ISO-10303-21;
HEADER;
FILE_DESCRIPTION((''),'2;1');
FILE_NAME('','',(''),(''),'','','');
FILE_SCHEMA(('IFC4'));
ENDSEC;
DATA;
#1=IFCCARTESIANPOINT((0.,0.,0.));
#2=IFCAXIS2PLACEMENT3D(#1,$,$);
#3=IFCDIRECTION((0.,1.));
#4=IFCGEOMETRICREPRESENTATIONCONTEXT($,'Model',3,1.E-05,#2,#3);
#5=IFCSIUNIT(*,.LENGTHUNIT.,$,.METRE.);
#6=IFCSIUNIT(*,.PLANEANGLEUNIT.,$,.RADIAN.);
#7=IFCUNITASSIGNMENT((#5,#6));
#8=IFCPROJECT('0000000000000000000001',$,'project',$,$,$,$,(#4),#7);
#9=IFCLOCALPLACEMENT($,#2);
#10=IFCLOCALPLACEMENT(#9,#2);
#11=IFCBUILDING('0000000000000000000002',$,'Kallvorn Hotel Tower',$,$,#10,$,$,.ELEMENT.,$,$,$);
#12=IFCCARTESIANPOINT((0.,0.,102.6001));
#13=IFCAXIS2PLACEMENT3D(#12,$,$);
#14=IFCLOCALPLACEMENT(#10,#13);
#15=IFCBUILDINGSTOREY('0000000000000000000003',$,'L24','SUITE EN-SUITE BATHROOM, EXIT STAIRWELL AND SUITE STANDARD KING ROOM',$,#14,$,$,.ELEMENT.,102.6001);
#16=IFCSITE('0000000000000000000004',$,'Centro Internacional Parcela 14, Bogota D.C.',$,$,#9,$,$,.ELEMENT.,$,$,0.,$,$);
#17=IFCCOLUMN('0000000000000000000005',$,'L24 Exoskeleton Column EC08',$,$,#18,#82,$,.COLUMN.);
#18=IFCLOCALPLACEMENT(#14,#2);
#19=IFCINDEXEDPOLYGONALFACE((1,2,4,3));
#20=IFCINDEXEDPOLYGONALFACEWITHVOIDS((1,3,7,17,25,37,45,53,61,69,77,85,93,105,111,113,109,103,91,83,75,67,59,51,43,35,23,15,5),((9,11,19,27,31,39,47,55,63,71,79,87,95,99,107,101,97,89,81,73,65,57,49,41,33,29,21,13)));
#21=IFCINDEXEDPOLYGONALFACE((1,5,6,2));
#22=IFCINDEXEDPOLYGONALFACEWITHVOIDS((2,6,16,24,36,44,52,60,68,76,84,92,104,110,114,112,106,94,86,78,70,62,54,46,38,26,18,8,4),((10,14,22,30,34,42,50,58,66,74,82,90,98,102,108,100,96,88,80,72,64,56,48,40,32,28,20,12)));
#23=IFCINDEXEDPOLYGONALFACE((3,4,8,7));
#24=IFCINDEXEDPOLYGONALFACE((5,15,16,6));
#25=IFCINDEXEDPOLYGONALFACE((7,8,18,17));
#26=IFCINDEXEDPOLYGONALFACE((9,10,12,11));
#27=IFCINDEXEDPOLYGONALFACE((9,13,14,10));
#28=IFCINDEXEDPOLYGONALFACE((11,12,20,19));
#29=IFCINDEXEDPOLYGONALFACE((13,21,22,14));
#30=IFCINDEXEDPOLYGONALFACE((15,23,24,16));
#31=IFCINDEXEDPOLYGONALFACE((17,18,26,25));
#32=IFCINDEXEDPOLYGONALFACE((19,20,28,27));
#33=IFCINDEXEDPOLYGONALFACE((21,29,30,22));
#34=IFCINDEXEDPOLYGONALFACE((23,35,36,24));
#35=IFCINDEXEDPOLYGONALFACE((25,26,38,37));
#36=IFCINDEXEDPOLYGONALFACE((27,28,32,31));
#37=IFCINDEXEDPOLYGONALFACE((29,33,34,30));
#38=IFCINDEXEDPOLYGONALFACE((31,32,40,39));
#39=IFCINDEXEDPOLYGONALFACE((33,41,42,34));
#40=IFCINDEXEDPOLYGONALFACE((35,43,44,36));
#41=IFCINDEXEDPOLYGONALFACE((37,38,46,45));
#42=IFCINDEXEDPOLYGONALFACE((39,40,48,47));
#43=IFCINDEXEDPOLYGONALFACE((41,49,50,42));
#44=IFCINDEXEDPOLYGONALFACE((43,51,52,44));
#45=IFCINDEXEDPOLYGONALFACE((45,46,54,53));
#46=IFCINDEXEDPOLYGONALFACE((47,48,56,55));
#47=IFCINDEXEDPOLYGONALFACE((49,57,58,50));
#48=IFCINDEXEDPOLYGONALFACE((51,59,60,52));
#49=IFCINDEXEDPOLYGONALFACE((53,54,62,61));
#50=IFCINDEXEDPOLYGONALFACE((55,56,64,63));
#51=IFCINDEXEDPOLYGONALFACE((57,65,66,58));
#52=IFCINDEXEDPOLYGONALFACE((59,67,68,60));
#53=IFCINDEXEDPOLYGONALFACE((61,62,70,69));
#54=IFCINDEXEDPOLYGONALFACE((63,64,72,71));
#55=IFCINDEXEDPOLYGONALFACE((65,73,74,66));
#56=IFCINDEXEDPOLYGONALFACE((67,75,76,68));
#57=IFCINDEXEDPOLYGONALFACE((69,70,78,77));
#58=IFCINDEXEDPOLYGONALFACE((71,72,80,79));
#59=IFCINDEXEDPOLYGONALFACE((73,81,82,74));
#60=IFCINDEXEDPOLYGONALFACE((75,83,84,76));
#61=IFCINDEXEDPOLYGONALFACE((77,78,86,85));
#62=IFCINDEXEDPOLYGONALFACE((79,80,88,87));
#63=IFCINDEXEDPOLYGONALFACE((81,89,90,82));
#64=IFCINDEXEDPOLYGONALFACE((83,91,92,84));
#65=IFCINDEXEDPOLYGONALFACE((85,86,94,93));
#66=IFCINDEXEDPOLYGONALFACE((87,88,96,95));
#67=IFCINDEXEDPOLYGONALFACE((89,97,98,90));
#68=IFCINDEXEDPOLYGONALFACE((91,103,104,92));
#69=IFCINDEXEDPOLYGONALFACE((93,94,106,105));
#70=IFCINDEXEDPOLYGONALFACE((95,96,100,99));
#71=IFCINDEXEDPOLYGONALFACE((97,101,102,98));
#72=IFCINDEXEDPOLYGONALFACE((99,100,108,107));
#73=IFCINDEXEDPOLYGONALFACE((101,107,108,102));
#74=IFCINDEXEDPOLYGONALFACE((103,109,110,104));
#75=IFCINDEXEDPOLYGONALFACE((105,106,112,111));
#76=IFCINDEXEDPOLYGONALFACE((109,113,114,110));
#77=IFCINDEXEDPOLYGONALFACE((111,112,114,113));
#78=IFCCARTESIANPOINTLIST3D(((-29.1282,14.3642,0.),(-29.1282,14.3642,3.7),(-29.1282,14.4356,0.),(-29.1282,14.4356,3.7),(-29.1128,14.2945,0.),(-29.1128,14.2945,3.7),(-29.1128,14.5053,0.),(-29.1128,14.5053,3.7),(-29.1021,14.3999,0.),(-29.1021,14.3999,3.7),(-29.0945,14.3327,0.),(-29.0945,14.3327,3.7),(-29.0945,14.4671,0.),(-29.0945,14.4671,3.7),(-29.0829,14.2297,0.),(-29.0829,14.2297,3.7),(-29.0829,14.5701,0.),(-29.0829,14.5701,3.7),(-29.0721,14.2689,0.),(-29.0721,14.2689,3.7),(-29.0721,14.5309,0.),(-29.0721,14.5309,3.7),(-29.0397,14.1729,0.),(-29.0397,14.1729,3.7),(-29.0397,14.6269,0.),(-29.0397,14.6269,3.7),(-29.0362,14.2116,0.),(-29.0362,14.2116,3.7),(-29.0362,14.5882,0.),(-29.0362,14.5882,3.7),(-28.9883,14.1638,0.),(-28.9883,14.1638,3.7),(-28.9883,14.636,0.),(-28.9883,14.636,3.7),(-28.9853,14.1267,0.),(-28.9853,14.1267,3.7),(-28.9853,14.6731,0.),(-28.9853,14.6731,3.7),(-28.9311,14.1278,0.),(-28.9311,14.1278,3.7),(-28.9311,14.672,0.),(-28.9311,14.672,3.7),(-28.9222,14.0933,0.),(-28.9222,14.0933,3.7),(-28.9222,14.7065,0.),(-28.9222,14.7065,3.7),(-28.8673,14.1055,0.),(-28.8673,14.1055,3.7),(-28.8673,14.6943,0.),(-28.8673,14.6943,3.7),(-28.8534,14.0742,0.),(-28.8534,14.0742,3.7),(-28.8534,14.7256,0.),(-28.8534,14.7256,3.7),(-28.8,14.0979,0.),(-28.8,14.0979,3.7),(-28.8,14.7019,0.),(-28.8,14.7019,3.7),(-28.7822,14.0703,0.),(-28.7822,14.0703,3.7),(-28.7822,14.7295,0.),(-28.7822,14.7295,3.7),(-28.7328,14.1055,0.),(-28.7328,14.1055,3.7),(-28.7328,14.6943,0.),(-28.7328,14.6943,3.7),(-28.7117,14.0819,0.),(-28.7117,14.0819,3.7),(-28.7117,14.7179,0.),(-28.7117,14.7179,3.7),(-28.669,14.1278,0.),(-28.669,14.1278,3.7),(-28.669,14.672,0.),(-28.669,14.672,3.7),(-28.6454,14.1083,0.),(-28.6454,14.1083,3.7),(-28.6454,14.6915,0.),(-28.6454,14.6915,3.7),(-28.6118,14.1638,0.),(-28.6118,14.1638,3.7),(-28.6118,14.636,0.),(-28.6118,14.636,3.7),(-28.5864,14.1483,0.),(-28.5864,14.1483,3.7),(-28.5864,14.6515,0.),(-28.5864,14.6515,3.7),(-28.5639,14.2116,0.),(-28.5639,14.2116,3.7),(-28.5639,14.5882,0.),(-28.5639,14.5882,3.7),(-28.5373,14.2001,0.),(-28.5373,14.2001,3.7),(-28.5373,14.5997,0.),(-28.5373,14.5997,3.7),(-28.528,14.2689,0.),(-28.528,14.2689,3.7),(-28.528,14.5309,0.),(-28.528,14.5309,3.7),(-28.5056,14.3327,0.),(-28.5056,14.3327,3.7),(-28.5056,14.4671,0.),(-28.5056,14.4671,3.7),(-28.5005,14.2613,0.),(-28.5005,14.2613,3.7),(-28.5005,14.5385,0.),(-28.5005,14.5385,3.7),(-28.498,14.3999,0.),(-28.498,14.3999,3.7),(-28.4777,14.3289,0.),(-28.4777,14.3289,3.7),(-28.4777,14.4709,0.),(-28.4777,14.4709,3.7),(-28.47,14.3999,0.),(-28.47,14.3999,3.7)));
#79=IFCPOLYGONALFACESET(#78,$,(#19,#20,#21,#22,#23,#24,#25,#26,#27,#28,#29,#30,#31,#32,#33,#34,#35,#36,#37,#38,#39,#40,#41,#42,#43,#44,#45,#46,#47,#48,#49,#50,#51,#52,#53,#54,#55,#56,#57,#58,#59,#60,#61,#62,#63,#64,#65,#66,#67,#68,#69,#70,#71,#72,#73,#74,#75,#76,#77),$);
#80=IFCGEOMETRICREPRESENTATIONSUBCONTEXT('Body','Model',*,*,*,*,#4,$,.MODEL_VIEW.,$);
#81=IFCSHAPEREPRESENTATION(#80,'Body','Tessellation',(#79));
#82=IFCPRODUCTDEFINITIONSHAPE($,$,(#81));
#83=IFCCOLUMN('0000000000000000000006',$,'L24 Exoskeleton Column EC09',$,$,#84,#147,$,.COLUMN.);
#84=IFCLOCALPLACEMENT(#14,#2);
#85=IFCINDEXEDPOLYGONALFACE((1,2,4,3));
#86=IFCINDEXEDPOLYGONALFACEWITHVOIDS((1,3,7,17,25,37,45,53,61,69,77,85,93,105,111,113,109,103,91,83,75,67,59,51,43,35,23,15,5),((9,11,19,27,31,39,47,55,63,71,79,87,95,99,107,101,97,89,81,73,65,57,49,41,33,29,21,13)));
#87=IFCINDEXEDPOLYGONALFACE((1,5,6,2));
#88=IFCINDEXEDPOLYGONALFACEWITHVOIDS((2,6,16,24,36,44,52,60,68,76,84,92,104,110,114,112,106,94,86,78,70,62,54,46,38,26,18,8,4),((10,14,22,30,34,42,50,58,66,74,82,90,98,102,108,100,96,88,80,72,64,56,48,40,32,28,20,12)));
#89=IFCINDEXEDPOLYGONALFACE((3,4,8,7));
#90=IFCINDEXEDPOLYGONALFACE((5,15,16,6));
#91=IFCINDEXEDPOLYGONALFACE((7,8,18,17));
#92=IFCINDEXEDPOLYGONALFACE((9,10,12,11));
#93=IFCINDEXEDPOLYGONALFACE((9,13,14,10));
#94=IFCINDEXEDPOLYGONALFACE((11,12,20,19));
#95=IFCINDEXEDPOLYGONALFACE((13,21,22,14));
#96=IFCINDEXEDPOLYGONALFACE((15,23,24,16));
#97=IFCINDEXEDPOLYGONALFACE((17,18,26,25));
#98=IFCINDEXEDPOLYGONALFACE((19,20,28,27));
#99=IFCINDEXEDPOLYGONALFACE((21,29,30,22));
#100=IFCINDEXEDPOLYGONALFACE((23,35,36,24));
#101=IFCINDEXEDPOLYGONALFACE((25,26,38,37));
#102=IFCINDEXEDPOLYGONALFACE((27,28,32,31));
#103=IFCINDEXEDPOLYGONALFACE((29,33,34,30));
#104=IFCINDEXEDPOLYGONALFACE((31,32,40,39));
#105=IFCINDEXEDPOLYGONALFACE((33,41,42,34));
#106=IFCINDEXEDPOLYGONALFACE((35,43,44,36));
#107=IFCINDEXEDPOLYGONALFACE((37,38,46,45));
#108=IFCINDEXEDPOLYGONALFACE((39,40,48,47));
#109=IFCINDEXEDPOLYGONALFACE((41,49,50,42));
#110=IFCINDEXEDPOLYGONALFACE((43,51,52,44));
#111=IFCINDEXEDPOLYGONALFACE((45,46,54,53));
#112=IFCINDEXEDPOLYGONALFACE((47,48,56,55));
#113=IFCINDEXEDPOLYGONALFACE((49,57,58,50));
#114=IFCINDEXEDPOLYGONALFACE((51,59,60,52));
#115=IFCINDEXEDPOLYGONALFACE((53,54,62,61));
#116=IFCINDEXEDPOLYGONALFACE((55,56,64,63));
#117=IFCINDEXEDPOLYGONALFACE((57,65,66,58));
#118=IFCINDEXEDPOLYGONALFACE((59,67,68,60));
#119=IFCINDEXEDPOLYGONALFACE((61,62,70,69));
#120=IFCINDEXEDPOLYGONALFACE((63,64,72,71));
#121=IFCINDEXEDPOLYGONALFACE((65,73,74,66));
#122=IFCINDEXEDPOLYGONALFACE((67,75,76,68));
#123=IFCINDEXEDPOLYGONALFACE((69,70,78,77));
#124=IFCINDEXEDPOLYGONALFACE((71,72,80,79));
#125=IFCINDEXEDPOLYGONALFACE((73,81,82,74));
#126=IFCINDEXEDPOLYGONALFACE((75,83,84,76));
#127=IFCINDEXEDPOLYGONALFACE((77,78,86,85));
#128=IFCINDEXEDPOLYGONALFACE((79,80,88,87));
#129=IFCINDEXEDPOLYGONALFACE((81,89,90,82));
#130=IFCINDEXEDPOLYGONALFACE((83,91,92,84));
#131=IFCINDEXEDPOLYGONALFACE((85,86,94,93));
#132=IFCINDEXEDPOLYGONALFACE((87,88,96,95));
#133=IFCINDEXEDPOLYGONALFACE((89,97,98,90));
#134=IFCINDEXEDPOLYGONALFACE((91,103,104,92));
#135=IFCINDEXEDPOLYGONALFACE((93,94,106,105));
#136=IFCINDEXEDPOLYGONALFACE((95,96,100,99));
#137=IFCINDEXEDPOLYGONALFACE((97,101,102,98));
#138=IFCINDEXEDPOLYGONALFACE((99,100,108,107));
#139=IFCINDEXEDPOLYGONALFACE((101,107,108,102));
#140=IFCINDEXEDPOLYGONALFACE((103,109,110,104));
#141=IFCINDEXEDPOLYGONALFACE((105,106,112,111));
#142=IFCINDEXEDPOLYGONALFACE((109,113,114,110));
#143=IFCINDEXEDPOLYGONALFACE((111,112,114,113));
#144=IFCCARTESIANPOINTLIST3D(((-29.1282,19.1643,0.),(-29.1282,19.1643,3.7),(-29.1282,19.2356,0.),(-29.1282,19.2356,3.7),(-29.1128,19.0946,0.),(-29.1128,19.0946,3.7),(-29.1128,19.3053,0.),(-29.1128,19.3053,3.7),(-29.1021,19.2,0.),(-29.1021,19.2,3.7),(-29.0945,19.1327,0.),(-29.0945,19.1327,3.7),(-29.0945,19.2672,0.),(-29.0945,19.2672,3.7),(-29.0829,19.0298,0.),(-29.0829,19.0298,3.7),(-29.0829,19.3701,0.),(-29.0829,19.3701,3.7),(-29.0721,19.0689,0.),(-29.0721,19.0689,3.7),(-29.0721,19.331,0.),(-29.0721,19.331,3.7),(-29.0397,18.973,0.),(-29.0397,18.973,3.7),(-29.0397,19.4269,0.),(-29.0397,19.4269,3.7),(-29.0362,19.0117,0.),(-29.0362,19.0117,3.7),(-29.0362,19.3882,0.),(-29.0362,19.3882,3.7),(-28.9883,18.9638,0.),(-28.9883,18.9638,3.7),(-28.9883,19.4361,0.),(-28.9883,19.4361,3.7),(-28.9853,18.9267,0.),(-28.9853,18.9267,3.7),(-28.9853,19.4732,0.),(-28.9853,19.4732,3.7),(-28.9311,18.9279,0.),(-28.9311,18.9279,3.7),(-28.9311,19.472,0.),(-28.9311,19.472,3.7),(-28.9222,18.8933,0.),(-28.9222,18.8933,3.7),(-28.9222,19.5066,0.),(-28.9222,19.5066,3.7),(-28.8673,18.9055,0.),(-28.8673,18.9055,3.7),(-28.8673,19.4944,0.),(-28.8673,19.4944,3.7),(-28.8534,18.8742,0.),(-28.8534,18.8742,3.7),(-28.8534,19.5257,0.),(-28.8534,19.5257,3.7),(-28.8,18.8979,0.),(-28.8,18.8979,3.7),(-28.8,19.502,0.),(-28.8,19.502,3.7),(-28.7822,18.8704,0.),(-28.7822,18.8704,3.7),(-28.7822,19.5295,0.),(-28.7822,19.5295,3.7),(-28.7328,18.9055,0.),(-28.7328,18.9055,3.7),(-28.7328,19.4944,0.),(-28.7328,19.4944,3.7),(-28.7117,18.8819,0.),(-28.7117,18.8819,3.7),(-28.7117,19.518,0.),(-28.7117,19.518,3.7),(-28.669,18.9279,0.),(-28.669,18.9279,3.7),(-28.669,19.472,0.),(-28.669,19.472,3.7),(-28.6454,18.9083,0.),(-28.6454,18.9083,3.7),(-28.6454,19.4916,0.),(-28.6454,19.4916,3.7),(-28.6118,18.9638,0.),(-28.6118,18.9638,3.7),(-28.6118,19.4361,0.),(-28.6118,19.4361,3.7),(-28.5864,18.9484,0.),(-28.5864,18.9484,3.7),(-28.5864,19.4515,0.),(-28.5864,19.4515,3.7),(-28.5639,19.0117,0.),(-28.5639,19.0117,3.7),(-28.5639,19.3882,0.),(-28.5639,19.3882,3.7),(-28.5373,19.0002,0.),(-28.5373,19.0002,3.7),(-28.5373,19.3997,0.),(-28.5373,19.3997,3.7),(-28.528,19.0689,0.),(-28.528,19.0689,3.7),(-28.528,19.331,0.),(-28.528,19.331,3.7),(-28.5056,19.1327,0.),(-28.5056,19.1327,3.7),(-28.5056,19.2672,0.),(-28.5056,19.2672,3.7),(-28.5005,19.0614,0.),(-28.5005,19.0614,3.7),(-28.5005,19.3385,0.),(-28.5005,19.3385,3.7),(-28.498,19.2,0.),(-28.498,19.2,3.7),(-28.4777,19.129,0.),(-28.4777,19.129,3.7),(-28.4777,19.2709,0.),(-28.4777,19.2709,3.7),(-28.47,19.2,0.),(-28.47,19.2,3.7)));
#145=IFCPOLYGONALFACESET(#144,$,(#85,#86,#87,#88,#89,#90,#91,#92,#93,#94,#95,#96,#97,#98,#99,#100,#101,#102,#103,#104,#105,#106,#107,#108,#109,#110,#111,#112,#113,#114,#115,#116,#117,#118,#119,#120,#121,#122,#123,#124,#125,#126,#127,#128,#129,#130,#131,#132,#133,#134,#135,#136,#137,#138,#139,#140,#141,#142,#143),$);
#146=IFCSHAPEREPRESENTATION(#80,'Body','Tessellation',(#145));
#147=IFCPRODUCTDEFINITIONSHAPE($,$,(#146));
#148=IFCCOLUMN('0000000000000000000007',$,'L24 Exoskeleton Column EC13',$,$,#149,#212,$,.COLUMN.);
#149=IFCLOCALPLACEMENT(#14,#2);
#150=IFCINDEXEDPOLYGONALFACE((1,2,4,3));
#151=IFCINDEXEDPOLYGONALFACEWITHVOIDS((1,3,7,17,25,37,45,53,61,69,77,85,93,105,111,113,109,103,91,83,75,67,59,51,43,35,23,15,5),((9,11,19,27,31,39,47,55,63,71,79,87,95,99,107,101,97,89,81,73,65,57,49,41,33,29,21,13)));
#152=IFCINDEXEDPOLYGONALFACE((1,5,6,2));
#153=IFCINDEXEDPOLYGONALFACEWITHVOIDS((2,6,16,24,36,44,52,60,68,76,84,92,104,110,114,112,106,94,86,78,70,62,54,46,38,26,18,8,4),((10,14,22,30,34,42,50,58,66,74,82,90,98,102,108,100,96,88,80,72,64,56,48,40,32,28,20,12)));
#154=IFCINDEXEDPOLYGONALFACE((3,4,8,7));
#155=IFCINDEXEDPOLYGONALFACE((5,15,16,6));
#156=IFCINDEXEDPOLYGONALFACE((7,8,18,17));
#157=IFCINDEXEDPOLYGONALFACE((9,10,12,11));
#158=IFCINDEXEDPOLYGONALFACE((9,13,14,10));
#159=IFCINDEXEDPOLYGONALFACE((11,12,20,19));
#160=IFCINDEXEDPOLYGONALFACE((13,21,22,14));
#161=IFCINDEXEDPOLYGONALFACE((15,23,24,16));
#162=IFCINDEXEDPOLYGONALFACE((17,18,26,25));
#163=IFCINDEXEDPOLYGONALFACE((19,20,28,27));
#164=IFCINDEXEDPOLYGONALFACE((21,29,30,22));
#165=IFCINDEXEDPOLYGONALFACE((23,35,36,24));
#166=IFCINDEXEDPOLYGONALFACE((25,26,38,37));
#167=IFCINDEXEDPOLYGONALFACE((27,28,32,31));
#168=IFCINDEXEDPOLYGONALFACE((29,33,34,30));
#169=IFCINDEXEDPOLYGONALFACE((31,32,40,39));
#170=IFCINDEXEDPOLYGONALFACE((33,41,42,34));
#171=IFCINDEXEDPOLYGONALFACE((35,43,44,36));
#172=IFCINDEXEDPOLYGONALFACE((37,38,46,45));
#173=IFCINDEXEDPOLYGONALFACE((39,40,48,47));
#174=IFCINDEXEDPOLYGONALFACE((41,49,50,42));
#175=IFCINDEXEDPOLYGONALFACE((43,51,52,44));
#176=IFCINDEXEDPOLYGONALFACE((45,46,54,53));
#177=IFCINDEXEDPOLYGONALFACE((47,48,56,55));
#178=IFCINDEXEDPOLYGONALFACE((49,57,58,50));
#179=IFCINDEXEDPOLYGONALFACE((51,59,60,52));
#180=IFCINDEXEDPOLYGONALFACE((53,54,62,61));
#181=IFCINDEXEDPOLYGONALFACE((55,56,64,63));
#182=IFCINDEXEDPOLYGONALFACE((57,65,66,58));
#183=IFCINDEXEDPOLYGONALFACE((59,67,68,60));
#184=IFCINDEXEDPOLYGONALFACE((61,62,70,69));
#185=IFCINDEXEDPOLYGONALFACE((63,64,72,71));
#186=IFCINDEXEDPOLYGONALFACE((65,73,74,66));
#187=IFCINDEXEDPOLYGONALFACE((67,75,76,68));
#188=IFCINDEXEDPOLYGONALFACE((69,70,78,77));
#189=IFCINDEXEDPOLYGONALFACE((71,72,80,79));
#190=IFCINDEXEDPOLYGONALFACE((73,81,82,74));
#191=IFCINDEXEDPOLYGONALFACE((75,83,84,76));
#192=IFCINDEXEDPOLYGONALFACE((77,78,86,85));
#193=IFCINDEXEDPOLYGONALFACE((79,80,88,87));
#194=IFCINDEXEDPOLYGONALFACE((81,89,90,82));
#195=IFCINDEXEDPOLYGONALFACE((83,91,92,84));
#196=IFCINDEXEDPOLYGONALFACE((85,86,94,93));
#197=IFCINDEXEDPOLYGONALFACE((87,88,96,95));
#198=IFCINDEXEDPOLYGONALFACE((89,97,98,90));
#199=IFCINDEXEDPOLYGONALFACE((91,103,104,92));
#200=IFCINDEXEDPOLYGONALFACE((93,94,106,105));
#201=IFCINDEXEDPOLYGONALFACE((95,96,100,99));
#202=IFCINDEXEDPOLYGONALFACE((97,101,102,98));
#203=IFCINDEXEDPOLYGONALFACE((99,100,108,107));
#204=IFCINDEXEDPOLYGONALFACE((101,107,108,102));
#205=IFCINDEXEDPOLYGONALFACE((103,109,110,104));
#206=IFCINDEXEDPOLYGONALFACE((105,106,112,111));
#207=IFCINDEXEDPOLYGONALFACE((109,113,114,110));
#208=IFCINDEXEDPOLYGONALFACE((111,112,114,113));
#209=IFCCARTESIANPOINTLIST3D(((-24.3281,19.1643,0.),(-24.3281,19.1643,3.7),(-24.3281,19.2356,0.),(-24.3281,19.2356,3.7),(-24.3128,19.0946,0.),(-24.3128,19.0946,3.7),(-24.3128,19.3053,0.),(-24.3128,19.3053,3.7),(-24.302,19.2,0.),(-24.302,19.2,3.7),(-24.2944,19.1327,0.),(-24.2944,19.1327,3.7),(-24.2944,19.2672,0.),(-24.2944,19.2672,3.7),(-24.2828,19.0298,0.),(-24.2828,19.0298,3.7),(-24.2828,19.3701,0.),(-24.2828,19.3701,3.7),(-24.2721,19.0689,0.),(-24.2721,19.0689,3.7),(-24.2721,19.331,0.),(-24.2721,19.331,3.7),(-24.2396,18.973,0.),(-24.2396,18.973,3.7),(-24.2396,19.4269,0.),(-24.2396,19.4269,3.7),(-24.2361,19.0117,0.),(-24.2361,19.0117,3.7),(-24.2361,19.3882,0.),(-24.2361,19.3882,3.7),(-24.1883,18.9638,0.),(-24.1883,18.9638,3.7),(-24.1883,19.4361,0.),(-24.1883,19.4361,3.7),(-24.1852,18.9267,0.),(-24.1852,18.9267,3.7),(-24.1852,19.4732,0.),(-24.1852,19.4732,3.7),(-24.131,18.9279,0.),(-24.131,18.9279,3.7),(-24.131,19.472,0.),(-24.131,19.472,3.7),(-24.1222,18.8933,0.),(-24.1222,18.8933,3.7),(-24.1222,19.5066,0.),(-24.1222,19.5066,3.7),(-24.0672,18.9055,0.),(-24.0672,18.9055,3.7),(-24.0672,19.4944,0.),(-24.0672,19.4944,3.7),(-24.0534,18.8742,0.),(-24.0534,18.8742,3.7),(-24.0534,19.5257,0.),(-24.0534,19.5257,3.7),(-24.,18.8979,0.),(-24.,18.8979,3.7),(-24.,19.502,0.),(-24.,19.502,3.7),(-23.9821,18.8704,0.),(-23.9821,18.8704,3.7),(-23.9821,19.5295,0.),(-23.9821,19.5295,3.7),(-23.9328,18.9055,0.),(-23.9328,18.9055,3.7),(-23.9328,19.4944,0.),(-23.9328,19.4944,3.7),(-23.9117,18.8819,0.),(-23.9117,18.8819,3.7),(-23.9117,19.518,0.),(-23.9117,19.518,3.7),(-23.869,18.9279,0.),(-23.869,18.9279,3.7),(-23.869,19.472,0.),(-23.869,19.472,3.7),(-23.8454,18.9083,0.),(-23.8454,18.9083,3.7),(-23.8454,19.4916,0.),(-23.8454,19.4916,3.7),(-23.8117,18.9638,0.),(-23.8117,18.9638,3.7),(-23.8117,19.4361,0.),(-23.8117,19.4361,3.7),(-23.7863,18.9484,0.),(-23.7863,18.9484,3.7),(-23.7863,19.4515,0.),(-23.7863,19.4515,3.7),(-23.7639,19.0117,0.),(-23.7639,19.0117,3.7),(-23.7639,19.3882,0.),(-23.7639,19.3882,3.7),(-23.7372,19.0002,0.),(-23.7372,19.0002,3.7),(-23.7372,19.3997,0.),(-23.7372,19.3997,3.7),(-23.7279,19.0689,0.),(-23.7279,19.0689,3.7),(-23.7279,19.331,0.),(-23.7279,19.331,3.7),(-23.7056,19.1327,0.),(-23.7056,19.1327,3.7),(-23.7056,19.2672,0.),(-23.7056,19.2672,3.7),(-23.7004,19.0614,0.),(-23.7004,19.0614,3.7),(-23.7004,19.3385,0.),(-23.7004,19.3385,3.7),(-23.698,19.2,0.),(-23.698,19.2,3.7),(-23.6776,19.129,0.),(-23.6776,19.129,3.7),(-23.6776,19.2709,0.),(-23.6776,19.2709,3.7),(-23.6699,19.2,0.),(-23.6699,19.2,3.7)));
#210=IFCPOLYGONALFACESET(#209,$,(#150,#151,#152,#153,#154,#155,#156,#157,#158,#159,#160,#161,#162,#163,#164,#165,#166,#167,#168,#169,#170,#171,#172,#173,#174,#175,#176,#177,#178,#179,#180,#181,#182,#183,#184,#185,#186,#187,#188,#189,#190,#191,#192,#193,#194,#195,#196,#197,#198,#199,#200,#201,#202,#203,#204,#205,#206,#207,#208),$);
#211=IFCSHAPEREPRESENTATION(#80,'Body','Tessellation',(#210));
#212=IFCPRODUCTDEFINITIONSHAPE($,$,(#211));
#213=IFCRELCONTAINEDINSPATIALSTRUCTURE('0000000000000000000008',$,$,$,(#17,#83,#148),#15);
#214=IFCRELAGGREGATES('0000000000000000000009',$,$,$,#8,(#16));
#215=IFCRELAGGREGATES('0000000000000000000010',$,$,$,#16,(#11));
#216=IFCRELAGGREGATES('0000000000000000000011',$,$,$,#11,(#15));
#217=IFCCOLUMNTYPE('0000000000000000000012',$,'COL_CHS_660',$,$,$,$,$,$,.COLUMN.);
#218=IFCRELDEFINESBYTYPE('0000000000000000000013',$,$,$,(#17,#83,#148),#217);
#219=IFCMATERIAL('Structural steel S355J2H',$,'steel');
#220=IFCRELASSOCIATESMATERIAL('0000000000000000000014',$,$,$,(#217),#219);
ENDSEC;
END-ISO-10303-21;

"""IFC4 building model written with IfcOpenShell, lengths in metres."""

from ifc_helpers import new_model, si_unit, direction, frame, origin, origin_2d, place, context, subcontext, project, spatial, hollow_circle, extrude, material, material_profile, profile_set, type_object, element, save


model = new_model("IFC4")

# Units and contexts
model_context = context("Model", 3, precision=1e-05, world=origin(), true_north=direction((0.0, 1.0)))
body_context = subcontext(model_context, "Body", "Model", "MODEL_VIEW")
ifc_project = project(units=[si_unit("LENGTHUNIT", "METRE"), si_unit("PLANEANGLEUNIT", "RADIAN")], contexts=[model_context])

# Site, building, storey
site_placement = place(None, origin())
site = spatial("IfcSite", under=ifc_project, at=site_placement, Name="Centro Internacional Parcela 14, Bogota D.C.", CompositionType="ELEMENT", RefElevation=0.0)
building_placement = place(site_placement, origin())
building = spatial("IfcBuilding", under=site, at=building_placement, Name="Kallvorn Hotel Tower", CompositionType="ELEMENT")
storey_placement = place(building_placement, frame((0.0, 0.0, 102.6001)))
storey = spatial("IfcBuildingStorey", under=building, at=storey_placement, Name="L24", Description="SUITE EN-SUITE BATHROOM, EXIT STAIRWELL AND SUITE STANDARD KING ROOM", CompositionType="ELEMENT", Elevation=102.6001)

# Columns
ifc_material_1 = material(Name="Structural steel S355J2H", Category="steel")
ifc_material_profile_1 = material_profile(ifc_material_1, hollow_circle(Radius=0.3301, WallThickness=0.0281, at=origin_2d()), Name="CHS 660x28")
ifc_profile_set_1 = profile_set([ifc_material_profile_1], Name="Structural steel S355J2H")
column_type_1 = type_object("IfcColumnType", Name="COL_CHS_660", PredefinedType="COLUMN", material=ifc_profile_set_1)
for number, where, z_axis, x_axis, name in (
    (1, (-28.8, 14.3999, 0.0), (0.0, 0.0, 1.0), (1.0, 0.0, 0.0), "L24 Exoskeleton Column EC08"),
    (2, (-28.8, 19.2, 0.0), (0.0, 0.0, 1.0), (1.0, 0.0, 0.0), "L24 Exoskeleton Column EC09"),
    (3, (-24.0, 19.2, 0.0), (0.0, 0.0, 1.0), (1.0, 0.0, 0.0), "L24 Exoskeleton Column EC13"),
):
    element("IfcColumn", number, at=place(storey_placement, frame(where, z_axis=z_axis, x_axis=x_axis)), inside=storey, type_object=column_type_1, Name=name, PredefinedType="COLUMN", context=body_context, shape_type="SweptSolid", body=[
        extrude(hollow_circle(Radius=0.3301, WallThickness=0.0281, at=origin_2d()), origin(), (0.0, 0.0, 1.0), 3.7),
    ])

save(model, "model.ifc")
